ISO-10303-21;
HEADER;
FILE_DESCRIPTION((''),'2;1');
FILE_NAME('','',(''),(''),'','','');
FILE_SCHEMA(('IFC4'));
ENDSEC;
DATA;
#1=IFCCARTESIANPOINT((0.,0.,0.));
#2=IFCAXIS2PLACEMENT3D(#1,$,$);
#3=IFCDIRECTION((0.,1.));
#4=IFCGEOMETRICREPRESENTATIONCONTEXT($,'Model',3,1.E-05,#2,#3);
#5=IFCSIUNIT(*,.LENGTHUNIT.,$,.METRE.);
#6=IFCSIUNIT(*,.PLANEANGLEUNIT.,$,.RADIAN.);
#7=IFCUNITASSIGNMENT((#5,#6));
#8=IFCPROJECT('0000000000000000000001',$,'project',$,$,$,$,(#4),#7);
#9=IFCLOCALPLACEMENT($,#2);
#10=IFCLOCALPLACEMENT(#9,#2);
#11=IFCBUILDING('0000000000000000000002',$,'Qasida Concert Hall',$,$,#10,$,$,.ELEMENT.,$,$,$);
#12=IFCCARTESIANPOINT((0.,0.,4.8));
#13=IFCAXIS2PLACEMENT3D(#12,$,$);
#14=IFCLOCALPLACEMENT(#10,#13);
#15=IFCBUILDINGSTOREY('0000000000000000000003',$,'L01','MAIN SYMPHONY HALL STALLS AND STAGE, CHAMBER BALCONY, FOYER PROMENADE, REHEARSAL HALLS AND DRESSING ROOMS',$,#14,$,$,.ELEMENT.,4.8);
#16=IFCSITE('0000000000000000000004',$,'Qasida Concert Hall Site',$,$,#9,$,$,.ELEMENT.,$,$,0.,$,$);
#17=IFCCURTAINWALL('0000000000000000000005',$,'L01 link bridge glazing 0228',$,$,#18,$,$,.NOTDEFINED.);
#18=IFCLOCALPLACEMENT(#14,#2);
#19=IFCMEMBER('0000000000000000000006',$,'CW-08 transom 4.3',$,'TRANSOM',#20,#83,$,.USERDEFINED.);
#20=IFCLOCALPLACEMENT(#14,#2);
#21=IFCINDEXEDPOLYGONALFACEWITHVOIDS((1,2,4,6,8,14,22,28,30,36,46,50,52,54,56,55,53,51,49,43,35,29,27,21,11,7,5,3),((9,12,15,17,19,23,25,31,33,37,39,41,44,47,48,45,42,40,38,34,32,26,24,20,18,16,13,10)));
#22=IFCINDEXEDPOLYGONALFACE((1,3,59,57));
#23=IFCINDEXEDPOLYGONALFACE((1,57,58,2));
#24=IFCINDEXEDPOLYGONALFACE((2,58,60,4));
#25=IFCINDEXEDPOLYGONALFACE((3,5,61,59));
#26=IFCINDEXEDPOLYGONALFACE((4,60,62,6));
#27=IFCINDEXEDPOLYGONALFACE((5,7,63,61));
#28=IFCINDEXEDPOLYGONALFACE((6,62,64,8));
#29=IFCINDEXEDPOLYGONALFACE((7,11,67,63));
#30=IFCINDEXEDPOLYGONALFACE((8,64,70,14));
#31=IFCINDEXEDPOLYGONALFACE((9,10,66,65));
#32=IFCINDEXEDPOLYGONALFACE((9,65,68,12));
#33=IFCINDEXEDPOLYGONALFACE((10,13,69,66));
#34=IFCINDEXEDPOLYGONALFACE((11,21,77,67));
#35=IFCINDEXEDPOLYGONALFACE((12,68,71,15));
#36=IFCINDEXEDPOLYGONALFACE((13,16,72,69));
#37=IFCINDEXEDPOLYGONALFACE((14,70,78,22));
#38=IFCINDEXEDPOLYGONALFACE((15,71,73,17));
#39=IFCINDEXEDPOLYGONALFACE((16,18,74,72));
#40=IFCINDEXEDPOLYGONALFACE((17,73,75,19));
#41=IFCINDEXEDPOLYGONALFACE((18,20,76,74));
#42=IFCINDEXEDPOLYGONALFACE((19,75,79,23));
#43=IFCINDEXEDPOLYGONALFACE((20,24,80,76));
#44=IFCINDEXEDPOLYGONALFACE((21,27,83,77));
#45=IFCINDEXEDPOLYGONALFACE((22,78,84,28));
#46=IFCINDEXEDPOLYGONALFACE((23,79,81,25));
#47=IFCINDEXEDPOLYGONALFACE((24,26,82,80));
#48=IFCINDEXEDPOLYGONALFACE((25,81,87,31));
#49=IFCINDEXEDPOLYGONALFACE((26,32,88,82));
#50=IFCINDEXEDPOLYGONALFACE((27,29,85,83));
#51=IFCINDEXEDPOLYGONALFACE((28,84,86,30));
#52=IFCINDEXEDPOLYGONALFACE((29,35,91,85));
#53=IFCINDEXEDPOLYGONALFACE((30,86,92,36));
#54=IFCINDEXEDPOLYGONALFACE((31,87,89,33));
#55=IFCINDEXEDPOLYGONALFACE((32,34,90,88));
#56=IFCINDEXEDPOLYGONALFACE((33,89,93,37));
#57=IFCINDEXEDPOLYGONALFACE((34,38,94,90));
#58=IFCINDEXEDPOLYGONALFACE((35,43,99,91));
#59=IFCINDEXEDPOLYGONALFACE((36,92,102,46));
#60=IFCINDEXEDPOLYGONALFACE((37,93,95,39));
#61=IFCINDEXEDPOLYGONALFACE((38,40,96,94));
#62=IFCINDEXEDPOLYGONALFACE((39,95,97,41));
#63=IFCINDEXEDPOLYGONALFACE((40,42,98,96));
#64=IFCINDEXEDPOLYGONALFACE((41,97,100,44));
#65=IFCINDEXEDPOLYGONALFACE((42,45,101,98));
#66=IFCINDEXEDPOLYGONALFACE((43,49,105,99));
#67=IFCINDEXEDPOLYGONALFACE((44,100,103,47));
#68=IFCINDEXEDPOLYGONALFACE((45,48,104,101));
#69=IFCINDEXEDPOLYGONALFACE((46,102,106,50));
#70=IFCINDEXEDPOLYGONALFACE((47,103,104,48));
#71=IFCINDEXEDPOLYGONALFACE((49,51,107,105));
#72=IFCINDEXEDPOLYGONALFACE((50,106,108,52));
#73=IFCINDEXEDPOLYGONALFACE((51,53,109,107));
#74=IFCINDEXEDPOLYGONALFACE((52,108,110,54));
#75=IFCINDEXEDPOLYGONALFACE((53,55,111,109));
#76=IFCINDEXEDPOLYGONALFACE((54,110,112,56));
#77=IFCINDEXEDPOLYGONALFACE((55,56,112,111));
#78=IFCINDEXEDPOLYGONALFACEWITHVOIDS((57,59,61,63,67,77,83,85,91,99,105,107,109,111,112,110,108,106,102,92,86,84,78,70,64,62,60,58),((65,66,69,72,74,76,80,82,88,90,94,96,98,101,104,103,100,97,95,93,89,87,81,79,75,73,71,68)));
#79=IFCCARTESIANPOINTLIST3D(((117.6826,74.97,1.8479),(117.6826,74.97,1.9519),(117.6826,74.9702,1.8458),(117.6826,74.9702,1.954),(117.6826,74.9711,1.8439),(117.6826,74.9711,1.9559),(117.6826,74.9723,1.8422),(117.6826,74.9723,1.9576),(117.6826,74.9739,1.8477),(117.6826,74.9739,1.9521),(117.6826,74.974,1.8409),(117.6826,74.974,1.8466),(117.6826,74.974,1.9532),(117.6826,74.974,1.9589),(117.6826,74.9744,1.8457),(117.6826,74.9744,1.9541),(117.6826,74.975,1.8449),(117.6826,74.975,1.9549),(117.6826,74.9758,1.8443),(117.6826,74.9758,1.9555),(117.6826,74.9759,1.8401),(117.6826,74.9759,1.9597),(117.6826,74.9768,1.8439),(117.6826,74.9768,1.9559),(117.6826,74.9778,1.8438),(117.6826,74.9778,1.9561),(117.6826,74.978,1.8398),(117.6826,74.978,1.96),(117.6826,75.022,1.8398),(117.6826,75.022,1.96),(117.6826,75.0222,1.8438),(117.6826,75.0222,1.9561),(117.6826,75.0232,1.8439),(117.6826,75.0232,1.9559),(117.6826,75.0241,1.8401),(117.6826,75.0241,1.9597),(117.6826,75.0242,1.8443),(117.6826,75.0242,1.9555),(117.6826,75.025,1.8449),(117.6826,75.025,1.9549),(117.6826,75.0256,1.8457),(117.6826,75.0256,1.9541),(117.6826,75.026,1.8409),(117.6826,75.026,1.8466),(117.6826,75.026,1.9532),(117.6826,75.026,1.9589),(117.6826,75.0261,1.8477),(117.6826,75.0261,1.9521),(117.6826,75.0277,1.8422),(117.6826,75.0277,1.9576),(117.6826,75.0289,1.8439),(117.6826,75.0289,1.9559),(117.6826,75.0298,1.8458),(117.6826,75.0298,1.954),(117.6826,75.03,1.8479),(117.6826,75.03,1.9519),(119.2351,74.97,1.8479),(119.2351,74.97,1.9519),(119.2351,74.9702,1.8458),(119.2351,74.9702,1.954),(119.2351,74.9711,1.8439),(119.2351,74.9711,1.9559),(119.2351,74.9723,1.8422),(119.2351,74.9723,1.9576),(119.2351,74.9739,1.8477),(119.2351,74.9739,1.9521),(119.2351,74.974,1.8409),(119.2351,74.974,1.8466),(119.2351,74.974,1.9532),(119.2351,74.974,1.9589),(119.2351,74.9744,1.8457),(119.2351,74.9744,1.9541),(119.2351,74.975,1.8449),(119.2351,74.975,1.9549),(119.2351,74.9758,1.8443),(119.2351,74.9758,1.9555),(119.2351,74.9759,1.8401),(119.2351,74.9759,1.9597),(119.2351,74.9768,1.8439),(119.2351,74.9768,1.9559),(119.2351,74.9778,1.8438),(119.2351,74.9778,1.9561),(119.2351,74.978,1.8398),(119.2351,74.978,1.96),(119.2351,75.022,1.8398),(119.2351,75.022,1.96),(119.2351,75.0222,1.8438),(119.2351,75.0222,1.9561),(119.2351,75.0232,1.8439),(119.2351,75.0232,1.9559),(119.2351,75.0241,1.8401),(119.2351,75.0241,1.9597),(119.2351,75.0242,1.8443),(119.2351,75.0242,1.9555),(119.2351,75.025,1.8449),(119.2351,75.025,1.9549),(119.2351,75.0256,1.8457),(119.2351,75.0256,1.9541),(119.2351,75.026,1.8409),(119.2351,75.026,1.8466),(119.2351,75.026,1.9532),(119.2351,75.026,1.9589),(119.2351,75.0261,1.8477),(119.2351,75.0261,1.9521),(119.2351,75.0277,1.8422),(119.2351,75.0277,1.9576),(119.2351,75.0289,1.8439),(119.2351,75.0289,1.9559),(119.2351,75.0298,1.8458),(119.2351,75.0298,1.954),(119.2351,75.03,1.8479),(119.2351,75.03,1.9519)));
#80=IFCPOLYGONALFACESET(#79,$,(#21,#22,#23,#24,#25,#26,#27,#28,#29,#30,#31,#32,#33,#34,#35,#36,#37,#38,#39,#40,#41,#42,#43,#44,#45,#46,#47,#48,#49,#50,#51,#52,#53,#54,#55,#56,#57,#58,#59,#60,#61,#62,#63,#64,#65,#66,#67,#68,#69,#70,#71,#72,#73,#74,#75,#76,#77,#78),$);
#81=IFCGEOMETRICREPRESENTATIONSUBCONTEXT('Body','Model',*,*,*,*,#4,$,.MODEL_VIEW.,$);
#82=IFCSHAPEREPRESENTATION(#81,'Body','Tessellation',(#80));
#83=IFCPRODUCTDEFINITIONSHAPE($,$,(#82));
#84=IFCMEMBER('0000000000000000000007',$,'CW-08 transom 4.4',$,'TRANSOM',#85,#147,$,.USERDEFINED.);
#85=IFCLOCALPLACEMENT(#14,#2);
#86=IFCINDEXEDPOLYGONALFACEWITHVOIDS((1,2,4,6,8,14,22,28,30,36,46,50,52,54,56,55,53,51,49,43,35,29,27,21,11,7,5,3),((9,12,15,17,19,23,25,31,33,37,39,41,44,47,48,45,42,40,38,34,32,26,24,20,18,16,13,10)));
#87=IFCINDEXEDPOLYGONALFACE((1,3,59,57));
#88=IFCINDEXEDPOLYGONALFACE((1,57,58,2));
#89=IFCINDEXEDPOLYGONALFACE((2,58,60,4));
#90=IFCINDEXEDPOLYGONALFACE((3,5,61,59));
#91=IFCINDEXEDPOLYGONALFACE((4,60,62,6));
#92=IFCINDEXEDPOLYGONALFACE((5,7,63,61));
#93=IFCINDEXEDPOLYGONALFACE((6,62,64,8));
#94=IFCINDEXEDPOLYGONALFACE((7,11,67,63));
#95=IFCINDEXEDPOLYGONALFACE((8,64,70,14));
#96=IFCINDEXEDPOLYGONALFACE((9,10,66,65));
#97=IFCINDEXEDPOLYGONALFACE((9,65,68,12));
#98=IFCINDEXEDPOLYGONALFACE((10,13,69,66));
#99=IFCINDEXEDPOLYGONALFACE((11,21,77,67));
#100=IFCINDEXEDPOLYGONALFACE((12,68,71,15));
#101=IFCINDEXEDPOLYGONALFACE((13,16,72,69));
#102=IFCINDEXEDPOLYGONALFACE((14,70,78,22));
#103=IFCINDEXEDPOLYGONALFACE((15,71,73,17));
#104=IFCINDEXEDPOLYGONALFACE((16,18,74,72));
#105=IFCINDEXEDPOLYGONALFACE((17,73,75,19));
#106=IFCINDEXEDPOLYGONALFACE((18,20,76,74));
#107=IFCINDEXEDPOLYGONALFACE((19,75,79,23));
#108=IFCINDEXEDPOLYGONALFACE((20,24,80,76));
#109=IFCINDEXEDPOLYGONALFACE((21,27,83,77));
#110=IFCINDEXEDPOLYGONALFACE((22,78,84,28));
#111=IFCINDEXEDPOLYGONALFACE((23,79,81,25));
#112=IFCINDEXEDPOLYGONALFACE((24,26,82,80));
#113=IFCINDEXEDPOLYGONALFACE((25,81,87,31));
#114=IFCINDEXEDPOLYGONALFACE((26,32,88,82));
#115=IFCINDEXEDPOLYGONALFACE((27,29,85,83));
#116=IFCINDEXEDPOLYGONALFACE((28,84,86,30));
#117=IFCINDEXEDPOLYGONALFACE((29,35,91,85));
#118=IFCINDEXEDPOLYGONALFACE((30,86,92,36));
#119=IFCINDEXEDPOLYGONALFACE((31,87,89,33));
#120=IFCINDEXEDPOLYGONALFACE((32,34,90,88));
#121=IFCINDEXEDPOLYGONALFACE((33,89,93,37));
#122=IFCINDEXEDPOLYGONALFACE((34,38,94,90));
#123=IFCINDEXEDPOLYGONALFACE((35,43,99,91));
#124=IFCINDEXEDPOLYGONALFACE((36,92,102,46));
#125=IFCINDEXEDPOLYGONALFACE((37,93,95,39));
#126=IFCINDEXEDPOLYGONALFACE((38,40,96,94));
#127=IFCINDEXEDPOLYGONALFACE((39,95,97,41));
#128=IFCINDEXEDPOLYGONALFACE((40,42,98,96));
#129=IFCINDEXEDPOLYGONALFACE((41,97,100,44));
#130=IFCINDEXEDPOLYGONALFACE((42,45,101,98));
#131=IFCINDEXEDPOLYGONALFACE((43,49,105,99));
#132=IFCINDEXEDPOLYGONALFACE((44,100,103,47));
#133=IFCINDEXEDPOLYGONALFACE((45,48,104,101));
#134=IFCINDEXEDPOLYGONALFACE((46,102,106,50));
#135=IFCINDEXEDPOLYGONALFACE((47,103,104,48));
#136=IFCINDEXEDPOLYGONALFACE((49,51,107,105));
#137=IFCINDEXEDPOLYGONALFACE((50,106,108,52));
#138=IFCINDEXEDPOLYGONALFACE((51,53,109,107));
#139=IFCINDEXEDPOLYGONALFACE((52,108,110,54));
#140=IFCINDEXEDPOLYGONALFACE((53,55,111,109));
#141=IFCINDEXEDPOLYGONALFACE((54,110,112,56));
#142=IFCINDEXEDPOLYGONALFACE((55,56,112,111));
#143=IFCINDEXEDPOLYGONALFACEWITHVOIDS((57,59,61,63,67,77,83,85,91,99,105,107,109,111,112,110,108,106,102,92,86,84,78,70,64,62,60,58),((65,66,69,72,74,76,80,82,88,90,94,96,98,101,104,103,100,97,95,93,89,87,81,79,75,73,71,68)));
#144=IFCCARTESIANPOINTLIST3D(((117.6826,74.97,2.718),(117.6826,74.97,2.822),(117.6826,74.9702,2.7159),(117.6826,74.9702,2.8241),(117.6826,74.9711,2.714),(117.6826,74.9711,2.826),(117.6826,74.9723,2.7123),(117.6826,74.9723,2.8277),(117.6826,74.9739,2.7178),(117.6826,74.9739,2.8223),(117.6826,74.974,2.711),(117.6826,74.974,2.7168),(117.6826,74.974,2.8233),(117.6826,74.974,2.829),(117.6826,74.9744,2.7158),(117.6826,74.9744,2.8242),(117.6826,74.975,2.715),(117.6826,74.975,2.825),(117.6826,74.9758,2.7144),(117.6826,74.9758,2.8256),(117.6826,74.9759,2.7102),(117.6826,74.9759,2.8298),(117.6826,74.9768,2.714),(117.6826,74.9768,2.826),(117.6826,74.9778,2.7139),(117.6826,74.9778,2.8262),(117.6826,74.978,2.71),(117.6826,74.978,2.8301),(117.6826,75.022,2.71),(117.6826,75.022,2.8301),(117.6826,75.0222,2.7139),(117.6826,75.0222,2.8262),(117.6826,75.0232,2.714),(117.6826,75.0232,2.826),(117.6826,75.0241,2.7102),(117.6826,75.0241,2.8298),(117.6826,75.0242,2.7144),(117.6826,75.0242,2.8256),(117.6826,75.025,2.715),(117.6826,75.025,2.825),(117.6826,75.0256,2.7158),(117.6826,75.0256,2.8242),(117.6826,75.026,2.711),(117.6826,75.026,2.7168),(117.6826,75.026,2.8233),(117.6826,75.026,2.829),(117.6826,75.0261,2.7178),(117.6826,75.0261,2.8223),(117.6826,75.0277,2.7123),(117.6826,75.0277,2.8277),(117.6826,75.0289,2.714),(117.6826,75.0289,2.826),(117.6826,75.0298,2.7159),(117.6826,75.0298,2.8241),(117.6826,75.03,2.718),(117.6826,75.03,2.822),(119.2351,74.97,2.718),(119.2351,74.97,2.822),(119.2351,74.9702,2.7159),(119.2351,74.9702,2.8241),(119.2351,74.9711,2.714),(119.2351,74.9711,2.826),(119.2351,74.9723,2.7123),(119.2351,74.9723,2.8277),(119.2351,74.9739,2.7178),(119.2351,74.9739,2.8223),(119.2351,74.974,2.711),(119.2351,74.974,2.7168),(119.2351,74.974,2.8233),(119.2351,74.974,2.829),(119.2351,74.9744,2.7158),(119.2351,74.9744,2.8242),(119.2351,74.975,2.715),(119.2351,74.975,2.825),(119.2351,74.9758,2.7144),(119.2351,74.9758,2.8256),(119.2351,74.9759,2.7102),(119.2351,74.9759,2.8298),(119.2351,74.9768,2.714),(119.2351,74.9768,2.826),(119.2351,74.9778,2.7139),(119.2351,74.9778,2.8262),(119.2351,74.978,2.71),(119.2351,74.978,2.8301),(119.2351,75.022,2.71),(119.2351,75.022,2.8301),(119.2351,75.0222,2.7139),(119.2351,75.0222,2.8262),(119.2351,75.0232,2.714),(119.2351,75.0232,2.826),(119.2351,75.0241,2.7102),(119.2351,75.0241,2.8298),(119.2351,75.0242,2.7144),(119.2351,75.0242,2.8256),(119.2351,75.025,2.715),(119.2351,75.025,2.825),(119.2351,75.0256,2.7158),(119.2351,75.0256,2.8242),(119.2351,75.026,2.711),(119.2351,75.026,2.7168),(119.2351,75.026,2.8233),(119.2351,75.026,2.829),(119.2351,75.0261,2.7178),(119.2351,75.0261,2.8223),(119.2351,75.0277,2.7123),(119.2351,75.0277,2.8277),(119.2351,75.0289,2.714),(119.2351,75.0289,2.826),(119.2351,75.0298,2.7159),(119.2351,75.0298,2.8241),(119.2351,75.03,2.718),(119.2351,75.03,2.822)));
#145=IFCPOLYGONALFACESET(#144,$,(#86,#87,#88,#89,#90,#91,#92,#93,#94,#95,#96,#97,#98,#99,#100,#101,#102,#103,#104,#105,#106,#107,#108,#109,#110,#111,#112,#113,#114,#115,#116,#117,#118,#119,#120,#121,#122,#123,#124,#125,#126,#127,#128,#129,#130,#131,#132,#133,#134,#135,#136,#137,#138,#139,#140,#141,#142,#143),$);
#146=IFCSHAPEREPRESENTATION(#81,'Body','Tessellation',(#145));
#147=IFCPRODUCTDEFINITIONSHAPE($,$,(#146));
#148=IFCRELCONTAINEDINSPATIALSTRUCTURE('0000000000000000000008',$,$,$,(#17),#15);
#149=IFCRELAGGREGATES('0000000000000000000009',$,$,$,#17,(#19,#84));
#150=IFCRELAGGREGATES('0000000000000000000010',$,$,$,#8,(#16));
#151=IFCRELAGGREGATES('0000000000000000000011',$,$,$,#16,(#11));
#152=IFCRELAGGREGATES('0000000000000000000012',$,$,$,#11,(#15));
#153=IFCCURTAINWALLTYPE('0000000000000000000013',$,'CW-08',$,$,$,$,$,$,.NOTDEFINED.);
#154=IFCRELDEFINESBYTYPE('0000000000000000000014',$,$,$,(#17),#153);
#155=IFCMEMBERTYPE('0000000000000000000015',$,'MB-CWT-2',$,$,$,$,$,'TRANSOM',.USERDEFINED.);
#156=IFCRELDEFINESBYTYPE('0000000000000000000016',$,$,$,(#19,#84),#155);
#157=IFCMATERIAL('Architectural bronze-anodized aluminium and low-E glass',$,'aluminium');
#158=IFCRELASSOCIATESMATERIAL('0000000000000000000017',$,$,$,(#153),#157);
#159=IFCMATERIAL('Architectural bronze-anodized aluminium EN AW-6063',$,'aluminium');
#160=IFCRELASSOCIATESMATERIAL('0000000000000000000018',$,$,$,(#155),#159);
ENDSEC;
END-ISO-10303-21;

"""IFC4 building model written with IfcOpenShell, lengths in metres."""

from ifc_helpers import new_model, si_unit, direction, frame, origin, origin_2d, place, context, subcontext, project, spatial, hollow_rectangle, extrude, material, material_profile, profile_set, type_object, element, aggregate, save


model = new_model("IFC4")

# Units and contexts
model_context = context("Model", 3, precision=1e-05, world=origin(), true_north=direction((0.0, 1.0)))
body_context = subcontext(model_context, "Body", "Model", "MODEL_VIEW")
ifc_project = project(units=[si_unit("LENGTHUNIT", "METRE"), si_unit("PLANEANGLEUNIT", "RADIAN")], contexts=[model_context])

# Site, building, storey
site_placement = place(None, origin())
site = spatial("IfcSite", under=ifc_project, at=site_placement, Name="Qasida Concert Hall Site", CompositionType="ELEMENT", RefElevation=0.0)
building_placement = place(site_placement, origin())
building = spatial("IfcBuilding", under=site, at=building_placement, Name="Qasida Concert Hall", CompositionType="ELEMENT")
storey_placement = place(building_placement, frame((0.0, 0.0, 4.8)))
storey = spatial("IfcBuildingStorey", under=building, at=storey_placement, Name="L01", Description="MAIN SYMPHONY HALL STALLS AND STAGE, CHAMBER BALCONY, FOYER PROMENADE, REHEARSAL HALLS AND DRESSING ROOMS", CompositionType="ELEMENT", Elevation=4.8)

# Curtain wall
ifc_material_1 = material(Name="Architectural bronze-anodized aluminium and low-E glass", Category="aluminium")
ifc_material_2 = material(Name="Architectural bronze-anodized aluminium EN AW-6063", Category="aluminium")
curtain_wall_type_1 = type_object("IfcCurtainWallType", Name="CW-08", PredefinedType="NOTDEFINED", material=ifc_material_1)
curtain_wall_1_placement = place(storey_placement, origin())
curtain_wall_1 = element("IfcCurtainWall", 1, at=curtain_wall_1_placement, inside=storey, type_object=curtain_wall_type_1, Name="L01 link bridge glazing 0228", PredefinedType="NOTDEFINED")

# Members
ifc_material_profile_1 = material_profile(ifc_material_2, hollow_rectangle(XDim=0.0601, YDim=0.1201, WallThickness=0.0039, InnerFilletRadius=0.0039, OuterFilletRadius=0.0081, at=origin_2d()), Name="CWT 120x60x4")
ifc_profile_set_1 = profile_set([ifc_material_profile_1], Name="Architectural bronze-anodized aluminium EN AW-6063")
member_type_1 = type_object("IfcMemberType", Name="MB-CWT-2", ElementType="TRANSOM", PredefinedType="USERDEFINED", material=ifc_profile_set_1)
member_1_placement = place(storey_placement, frame((117.6826, 75.0, 1.8999), z_axis=(1.0, 0.0, 0.0), x_axis=(0.0, 1.0, 0.0)))
member_1 = element("IfcMember", 2, at=member_1_placement, type_object=member_type_1, Name="CW-08 transom 4.3", ObjectType="TRANSOM", PredefinedType="USERDEFINED", context=body_context, shape_type="SweptSolid", body=[
    extrude(hollow_rectangle(XDim=0.0601, YDim=0.1201, WallThickness=0.0039, InnerFilletRadius=0.0039, OuterFilletRadius=0.0081, at=origin_2d()), origin(), (0.0, 0.0, 1.0), 1.5525),
])
member_2_placement = place(storey_placement, frame((117.6826, 75.0, 2.77), z_axis=(1.0, 0.0, 0.0), x_axis=(0.0, 1.0, 0.0)))
member_2 = element("IfcMember", 3, at=member_2_placement, type_object=member_type_1, Name="CW-08 transom 4.4", ObjectType="TRANSOM", PredefinedType="USERDEFINED", context=body_context, shape_type="SweptSolid", body=[
    extrude(hollow_rectangle(XDim=0.0601, YDim=0.1201, WallThickness=0.0039, InnerFilletRadius=0.0039, OuterFilletRadius=0.0081, at=origin_2d()), origin(), (0.0, 0.0, 1.0), 1.5525),
])

aggregate(curtain_wall_1, [member_1, member_2])

save(model, "model.ifc")
